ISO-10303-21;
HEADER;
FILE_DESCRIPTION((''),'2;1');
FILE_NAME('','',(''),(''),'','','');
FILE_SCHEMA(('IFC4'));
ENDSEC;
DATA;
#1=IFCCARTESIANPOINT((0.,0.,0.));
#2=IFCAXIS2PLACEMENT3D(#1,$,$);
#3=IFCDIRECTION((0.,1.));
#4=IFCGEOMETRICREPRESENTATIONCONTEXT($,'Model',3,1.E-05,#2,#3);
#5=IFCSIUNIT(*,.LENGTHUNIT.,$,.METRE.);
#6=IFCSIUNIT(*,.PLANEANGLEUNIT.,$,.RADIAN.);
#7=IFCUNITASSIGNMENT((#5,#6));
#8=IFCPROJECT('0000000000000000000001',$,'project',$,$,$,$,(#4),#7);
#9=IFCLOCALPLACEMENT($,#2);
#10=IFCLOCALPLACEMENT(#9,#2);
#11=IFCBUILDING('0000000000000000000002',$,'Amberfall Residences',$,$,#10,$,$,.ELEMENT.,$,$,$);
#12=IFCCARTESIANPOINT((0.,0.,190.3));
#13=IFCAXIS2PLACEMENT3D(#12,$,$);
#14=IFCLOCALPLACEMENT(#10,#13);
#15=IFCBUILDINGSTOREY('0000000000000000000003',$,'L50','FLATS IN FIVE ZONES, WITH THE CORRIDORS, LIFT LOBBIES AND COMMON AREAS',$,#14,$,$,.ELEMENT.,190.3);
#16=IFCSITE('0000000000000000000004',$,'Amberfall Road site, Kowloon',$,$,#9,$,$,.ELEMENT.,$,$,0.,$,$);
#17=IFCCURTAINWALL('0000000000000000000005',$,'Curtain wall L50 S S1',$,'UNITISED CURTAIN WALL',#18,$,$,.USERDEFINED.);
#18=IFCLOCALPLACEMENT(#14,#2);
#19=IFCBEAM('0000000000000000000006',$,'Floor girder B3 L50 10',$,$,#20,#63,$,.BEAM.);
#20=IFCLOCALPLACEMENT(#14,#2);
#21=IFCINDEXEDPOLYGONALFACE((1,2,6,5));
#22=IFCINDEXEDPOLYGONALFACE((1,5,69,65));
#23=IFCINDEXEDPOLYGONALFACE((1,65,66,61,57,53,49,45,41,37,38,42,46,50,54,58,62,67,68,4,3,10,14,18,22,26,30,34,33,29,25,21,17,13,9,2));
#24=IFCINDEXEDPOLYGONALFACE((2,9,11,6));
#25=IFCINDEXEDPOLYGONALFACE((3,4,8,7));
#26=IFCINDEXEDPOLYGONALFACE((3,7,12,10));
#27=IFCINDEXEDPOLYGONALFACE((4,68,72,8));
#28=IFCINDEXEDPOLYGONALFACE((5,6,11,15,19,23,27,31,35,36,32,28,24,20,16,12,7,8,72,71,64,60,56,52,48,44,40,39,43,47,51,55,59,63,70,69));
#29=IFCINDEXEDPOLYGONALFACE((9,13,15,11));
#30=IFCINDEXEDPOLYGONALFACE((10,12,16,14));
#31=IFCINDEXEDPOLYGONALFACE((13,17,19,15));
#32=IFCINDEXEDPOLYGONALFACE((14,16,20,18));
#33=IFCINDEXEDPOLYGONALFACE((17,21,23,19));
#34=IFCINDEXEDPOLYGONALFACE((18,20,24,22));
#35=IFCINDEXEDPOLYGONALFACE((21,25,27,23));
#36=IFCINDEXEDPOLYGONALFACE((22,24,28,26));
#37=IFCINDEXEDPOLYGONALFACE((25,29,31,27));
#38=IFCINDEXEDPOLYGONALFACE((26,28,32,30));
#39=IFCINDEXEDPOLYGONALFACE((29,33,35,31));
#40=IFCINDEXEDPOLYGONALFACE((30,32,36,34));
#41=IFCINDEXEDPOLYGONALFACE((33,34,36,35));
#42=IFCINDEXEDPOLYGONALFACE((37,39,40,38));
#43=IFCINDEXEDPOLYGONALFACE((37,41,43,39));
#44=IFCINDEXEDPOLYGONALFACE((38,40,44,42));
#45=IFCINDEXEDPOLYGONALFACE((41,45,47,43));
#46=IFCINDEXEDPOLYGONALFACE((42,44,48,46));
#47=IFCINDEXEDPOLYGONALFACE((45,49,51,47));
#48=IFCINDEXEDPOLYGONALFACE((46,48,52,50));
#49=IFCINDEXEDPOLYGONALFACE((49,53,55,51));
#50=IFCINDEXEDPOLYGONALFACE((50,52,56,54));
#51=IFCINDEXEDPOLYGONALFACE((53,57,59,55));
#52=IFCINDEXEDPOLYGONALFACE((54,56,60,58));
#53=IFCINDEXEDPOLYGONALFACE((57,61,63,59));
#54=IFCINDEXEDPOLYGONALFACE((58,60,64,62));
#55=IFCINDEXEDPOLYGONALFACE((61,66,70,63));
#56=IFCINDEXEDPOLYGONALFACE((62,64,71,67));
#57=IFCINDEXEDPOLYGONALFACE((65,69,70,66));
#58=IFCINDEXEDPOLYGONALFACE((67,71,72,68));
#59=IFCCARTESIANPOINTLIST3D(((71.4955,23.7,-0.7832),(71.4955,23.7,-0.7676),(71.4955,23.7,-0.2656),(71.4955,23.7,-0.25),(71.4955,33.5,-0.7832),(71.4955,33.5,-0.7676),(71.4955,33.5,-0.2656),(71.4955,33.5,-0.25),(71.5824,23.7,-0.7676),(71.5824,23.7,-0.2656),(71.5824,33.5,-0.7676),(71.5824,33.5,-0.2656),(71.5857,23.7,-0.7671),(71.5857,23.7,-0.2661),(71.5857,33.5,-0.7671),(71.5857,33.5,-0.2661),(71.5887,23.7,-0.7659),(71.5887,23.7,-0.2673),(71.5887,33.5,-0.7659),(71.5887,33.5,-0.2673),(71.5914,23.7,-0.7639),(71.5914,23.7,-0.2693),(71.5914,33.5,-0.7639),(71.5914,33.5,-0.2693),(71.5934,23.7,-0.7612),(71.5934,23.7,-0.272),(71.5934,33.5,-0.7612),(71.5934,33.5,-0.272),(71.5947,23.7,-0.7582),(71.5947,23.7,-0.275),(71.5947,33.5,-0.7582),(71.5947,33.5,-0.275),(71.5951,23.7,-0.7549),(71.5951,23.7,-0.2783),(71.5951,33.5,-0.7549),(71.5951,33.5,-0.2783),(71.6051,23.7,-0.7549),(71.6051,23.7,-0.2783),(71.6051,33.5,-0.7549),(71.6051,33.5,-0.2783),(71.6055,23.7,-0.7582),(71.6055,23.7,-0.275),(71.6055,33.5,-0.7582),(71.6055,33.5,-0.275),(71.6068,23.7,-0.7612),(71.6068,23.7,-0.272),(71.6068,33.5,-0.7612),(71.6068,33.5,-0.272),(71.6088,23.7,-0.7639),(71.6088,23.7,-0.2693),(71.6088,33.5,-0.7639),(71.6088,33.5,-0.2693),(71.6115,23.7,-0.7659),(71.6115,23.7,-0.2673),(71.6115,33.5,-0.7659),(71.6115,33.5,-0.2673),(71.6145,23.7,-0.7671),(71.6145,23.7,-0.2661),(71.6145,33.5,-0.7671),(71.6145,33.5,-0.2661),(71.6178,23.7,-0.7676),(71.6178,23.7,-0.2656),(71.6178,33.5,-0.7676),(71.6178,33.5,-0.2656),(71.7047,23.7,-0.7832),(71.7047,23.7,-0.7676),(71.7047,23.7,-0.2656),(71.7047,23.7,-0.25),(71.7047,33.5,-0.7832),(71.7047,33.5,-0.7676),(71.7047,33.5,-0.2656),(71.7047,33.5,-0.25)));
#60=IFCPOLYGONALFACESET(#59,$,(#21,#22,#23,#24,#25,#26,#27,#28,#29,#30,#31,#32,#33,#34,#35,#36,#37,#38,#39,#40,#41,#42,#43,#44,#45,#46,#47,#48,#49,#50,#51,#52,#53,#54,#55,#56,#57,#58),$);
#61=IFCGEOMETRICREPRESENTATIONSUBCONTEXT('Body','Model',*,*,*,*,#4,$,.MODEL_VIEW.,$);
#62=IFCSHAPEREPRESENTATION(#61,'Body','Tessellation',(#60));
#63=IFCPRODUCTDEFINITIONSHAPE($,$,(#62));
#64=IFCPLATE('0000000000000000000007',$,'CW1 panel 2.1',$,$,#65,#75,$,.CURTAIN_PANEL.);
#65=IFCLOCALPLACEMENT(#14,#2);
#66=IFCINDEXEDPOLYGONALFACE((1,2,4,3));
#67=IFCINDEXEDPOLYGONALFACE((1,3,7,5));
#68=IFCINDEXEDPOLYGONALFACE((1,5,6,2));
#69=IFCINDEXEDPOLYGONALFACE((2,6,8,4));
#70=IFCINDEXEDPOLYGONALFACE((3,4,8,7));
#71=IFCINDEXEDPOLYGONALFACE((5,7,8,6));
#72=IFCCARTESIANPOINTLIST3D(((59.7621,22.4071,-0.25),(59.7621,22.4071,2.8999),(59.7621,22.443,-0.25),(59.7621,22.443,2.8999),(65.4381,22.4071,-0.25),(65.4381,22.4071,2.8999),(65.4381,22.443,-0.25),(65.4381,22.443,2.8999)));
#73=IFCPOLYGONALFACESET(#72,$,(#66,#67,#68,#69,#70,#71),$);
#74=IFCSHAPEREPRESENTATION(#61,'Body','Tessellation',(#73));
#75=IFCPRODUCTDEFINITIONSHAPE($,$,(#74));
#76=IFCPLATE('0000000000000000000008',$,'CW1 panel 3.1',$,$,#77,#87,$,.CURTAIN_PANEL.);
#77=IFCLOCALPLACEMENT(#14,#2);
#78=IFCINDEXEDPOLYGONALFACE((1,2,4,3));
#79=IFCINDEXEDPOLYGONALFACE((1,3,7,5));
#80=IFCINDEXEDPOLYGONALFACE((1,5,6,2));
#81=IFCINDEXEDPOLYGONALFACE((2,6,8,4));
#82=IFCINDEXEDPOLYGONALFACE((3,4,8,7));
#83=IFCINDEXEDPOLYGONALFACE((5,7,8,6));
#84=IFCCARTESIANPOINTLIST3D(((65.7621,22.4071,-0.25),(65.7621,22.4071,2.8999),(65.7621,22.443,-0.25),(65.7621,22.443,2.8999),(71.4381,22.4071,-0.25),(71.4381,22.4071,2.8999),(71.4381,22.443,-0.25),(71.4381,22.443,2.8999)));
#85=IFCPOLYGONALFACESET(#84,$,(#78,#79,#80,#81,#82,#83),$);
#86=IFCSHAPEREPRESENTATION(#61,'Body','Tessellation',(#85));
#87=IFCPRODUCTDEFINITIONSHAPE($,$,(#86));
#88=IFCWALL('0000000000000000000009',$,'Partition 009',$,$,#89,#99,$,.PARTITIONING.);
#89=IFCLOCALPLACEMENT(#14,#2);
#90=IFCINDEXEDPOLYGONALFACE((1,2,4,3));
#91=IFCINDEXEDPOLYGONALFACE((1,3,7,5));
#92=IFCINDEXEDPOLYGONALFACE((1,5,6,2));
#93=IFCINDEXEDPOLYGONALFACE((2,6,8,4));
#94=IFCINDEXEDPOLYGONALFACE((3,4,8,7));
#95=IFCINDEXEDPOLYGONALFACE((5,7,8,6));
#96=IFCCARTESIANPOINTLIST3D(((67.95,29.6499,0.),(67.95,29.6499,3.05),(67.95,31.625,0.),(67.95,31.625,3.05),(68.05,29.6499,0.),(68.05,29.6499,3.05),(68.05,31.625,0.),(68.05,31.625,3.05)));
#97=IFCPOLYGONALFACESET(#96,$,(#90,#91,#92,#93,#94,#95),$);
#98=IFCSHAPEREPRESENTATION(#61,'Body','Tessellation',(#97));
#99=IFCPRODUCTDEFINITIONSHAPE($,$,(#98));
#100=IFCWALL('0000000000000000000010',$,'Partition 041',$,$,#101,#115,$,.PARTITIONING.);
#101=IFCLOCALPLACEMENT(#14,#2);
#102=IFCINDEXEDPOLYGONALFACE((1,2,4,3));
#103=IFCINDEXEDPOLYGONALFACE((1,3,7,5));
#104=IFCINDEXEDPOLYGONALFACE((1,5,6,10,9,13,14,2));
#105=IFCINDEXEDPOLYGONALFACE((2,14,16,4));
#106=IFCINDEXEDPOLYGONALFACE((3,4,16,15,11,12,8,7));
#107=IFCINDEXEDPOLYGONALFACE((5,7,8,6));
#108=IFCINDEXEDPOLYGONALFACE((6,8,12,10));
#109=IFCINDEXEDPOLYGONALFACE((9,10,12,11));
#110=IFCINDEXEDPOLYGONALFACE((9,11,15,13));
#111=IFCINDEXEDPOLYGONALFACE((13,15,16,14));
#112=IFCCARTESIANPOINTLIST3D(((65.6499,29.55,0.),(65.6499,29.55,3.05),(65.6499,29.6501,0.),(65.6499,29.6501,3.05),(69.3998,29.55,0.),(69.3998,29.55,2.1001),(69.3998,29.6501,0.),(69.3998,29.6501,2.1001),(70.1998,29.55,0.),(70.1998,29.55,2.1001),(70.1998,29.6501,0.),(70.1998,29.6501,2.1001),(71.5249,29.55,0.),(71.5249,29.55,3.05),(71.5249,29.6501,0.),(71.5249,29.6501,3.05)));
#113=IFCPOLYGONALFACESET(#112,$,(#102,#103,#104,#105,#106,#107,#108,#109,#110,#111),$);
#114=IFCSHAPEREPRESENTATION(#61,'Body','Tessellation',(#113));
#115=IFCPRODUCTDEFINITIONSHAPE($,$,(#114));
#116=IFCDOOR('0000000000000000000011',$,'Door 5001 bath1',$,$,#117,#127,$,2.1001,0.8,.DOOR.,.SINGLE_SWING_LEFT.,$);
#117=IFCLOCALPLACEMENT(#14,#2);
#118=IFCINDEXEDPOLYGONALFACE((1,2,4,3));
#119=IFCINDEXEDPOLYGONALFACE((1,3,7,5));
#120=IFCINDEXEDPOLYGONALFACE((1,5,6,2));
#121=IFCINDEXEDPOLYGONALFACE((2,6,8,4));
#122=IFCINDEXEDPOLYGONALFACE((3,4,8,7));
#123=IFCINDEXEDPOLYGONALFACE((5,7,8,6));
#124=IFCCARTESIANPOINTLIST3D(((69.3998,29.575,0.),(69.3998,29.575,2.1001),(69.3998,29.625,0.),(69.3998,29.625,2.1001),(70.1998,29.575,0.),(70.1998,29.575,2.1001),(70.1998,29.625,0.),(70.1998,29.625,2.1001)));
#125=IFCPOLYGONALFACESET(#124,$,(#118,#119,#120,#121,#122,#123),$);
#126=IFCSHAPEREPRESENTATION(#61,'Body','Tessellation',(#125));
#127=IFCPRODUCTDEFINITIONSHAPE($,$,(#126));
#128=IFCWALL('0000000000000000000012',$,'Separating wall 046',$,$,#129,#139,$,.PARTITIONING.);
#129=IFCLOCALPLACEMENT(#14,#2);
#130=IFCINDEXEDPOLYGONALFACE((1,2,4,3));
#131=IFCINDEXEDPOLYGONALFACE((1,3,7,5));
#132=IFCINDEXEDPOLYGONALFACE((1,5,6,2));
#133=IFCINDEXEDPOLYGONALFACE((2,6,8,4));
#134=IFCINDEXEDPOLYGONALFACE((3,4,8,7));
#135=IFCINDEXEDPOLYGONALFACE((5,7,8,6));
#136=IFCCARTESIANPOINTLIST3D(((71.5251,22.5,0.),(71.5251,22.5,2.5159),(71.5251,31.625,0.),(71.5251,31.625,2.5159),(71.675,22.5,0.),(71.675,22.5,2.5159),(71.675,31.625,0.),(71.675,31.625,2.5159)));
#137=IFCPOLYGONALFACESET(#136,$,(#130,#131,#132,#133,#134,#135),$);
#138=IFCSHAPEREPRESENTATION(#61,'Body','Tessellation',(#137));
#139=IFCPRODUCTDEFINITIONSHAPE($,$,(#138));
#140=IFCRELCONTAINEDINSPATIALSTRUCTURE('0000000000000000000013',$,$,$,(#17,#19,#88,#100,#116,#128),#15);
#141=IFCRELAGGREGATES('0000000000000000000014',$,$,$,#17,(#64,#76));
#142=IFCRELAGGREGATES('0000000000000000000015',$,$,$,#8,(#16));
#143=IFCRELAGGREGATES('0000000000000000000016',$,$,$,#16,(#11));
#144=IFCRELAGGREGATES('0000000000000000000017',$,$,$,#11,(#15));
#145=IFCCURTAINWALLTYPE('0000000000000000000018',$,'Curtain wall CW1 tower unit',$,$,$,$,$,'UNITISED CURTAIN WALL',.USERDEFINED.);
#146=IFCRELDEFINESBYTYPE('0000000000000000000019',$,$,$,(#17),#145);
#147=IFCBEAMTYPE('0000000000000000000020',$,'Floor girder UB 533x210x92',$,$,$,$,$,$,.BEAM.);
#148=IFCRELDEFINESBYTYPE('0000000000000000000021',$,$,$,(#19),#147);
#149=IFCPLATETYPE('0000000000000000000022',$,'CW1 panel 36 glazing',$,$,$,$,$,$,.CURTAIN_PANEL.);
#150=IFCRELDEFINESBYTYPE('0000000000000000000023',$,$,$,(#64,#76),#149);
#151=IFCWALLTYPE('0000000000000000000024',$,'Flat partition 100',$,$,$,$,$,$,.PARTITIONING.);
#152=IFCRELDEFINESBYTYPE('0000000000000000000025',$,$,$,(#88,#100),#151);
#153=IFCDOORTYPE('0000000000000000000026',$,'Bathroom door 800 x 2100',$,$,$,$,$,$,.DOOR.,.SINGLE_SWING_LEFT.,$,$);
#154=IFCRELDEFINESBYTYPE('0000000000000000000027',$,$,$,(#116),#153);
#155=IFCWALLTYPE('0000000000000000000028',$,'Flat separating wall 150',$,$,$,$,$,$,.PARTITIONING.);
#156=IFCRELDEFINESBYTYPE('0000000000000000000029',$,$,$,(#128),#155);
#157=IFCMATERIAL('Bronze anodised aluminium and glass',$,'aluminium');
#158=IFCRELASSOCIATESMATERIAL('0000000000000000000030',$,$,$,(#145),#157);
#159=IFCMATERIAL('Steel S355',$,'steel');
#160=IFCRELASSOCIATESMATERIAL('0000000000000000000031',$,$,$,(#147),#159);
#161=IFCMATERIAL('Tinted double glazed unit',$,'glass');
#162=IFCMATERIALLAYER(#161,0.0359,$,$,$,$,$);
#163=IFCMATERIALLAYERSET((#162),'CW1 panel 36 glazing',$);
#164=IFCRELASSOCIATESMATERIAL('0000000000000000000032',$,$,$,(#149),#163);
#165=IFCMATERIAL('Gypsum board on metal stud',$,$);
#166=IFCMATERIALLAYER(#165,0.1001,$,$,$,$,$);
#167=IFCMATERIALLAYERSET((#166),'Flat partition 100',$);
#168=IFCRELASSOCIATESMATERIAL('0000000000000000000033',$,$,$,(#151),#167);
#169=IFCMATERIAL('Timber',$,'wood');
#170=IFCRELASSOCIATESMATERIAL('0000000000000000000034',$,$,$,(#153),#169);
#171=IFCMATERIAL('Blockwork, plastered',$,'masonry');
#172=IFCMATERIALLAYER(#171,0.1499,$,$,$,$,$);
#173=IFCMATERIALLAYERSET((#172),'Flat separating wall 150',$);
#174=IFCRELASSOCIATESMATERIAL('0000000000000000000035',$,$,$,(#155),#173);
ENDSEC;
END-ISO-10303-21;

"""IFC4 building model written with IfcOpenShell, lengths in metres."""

from ifc_helpers import new_model, si_unit, direction, frame, frame_2d, origin, origin_2d, place, context, subcontext, project, spatial, rectangle, i_section, extrude, material, layer, layer_set, material_profile, profile_set, type_object, element, fill, aggregate, save


model = new_model("IFC4")

# Units and contexts
model_context = context("Model", 3, precision=1e-05, world=origin(), true_north=direction((0.0, 1.0)))
body_context = subcontext(model_context, "Body", "Model", "MODEL_VIEW")
ifc_project = project(units=[si_unit("LENGTHUNIT", "METRE"), si_unit("PLANEANGLEUNIT", "RADIAN")], contexts=[model_context])

# Site, building, storey
site_placement = place(None, origin())
site = spatial("IfcSite", under=ifc_project, at=site_placement, Name="Amberfall Road site, Kowloon", CompositionType="ELEMENT", RefElevation=0.0)
building_placement = place(site_placement, origin())
building = spatial("IfcBuilding", under=site, at=building_placement, Name="Amberfall Residences", CompositionType="ELEMENT")
storey_placement = place(building_placement, frame((0.0, 0.0, 190.3)))
storey = spatial("IfcBuildingStorey", under=building, at=storey_placement, Name="L50", Description="FLATS IN FIVE ZONES, WITH THE CORRIDORS, LIFT LOBBIES AND COMMON AREAS", CompositionType="ELEMENT", Elevation=190.3)

# Curtain wall
ifc_material_1 = material(Name="Bronze anodised aluminium and glass", Category="aluminium")
curtain_wall_type = type_object("IfcCurtainWallType", Name="Curtain wall CW1 tower unit", ElementType="UNITISED CURTAIN WALL", PredefinedType="USERDEFINED", material=ifc_material_1)
curtain_wall_placement = place(storey_placement, origin())
curtain_wall = element("IfcCurtainWall", 1, at=curtain_wall_placement, inside=storey, type_object=curtain_wall_type, Name="Curtain wall L50 S S1", ObjectType="UNITISED CURTAIN WALL", PredefinedType="USERDEFINED")

# Shared definitions
ifc_material_2 = material(Name="Steel S355", Category="steel")

# Beam
ifc_material_profile_1 = material_profile(ifc_material_2, i_section(OverallWidth=0.2092, OverallDepth=0.5332, WebThickness=0.01, FlangeThickness=0.0156, FilletRadius=0.0127, at=origin_2d()), Name="UB 533x210x92")
ifc_profile_set_1 = profile_set([ifc_material_profile_1], Name="Steel S355")
beam_type_1 = type_object("IfcBeamType", Name="Floor girder UB 533x210x92", PredefinedType="BEAM", material=ifc_profile_set_1)
for number, where, z_axis, x_axis, name in (
    (2, (71.6001, 23.7, -0.5166), (0.0, 1.0, 0.0), (-1.0, 0.0, 0.0), "Floor girder B3 L50 10"),
):
    element("IfcBeam", number, at=place(storey_placement, frame(where, z_axis=z_axis, x_axis=x_axis)), inside=storey, type_object=beam_type_1, Name=name, PredefinedType="BEAM", context=body_context, shape_type="SweptSolid", body=[
        extrude(i_section(OverallWidth=0.2092, OverallDepth=0.5332, WebThickness=0.01, FlangeThickness=0.0156, FilletRadius=0.0127, at=origin_2d()), origin(), (0.0, 0.0, 1.0), 9.8),
    ])

# Plates
ifc_material_3 = material(Name="Tinted double glazed unit", Category="glass")
ifc_layer_1 = layer(ifc_material_3, 0.0359)
ifc_layer_set_1 = layer_set([ifc_layer_1], Name="CW1 panel 36 glazing")
plate_type = type_object("IfcPlateType", Name="CW1 panel 36 glazing", PredefinedType="CURTAIN_PANEL", material=ifc_layer_set_1)
plate_1_placement = place(storey_placement, frame((62.6001, 22.425, -0.25), z_axis=(0.0, 0.0, 1.0), x_axis=(1.0, 0.0, 0.0)))
plate_1 = element("IfcPlate", 3, at=plate_1_placement, type_object=plate_type, Name="CW1 panel 2.1", PredefinedType="CURTAIN_PANEL", context=body_context, shape_type="SweptSolid", body=[
    extrude(rectangle(XDim=5.676, YDim=0.0359, at=origin_2d()), origin(), (0.0, 0.0, 1.0), 3.1499),
])
plate_2_placement = place(storey_placement, frame((68.6001, 22.425, -0.25), z_axis=(0.0, 0.0, 1.0), x_axis=(1.0, 0.0, 0.0)))
plate_2 = element("IfcPlate", 4, at=plate_2_placement, type_object=plate_type, Name="CW1 panel 3.1", PredefinedType="CURTAIN_PANEL", context=body_context, shape_type="SweptSolid", body=[
    extrude(rectangle(XDim=5.676, YDim=0.0359, at=origin_2d()), origin(), (0.0, 0.0, 1.0), 3.1499),
])
aggregate(curtain_wall, [plate_1, plate_2])

# Wall
ifc_material_4 = material(Name="Gypsum board on metal stud")
ifc_layer_2 = layer(ifc_material_4, 0.1001)
ifc_layer_set_2 = layer_set([ifc_layer_2], Name="Flat partition 100")
wall_type_1 = type_object("IfcWallType", Name="Flat partition 100", PredefinedType="PARTITIONING", material=ifc_layer_set_2)
wall_1_placement = place(storey_placement, frame((68.0, 29.6499, 0.0), z_axis=(0.0, 0.0, 1.0), x_axis=(0.0, 1.0, 0.0)))
element("IfcWall", 5, at=wall_1_placement, inside=storey, type_object=wall_type_1, Name="Partition 009", PredefinedType="PARTITIONING", context=body_context, shape_type="SweptSolid", body=[
    extrude(rectangle(XDim=1.9751, YDim=0.1001, at=frame_2d((0.9875, 0.0))), origin(), (0.0, 0.0, 1.0), 3.05),
])

# Wall, opening, door
wall_2_placement = place(storey_placement, frame((65.6499, 29.6001, 0.0), z_axis=(0.0, 0.0, 1.0), x_axis=(1.0, 0.0, 0.0)))
wall_2 = element("IfcWall", 6, at=wall_2_placement, inside=storey, type_object=wall_type_1, Name="Partition 041", PredefinedType="PARTITIONING", context=body_context, shape_type="SweptSolid", body=[
    extrude(rectangle(XDim=5.875, YDim=0.1001, at=frame_2d((2.9375, 0.0))), origin(), (0.0, 0.0, 1.0), 3.05),
])
opening_placement = place(wall_2_placement, frame((3.75, 0.0, 0.0)))
opening = element("IfcOpeningElement", 7, at=opening_placement, cuts=wall_2, PredefinedType="OPENING", context=body_context, shape_type="SweptSolid", body=[
    extrude(rectangle(XDim=0.8, YDim=2.1001, at=frame_2d((0.3999, 1.05))), frame((0.0, 0.0601, 0.0), z_axis=(0.0, -1.0, 0.0), x_axis=(1.0, 0.0, 0.0)), (0.0, 0.0, 1.0), 0.1201),
])
ifc_material_5 = material(Name="Timber", Category="wood")
door_type = type_object("IfcDoorType", Name="Bathroom door 800 x 2100", OperationType="SINGLE_SWING_LEFT", PredefinedType="DOOR", material=ifc_material_5)
door_placement = place(opening_placement, origin())
door = element("IfcDoor", 8, at=door_placement, inside=storey, type_object=door_type, Name="Door 5001 bath1", OperationType="SINGLE_SWING_LEFT", OverallHeight=2.1001, OverallWidth=0.8, PredefinedType="DOOR", context=body_context, shape_type="SweptSolid", body=[
    extrude(rectangle(XDim=0.8, YDim=2.1001, at=frame_2d((0.3999, 1.05))), frame((0.0, 0.0249, 0.0), z_axis=(0.0, -1.0, 0.0), x_axis=(1.0, 0.0, 0.0)), (0.0, 0.0, 1.0), 0.05),
])
fill(opening, door)

# Wall
ifc_material_6 = material(Name="Blockwork, plastered", Category="masonry")
ifc_layer_3 = layer(ifc_material_6, 0.1499)
ifc_layer_set_3 = layer_set([ifc_layer_3], Name="Flat separating wall 150")
wall_type_2 = type_object("IfcWallType", Name="Flat separating wall 150", PredefinedType="PARTITIONING", material=ifc_layer_set_3)
wall_3_placement = place(storey_placement, frame((71.6001, 22.5, 0.0), z_axis=(0.0, 0.0, 1.0), x_axis=(0.0, 1.0, 0.0)))
element("IfcWall", 9, at=wall_3_placement, inside=storey, type_object=wall_type_2, Name="Separating wall 046", PredefinedType="PARTITIONING", context=body_context, shape_type="SweptSolid", body=[
    extrude(rectangle(XDim=9.125, YDim=0.1499, at=frame_2d((4.5625, 0.0))), origin(), (0.0, 0.0, 1.0), 2.5159),
])

save(model, "model.ifc")
